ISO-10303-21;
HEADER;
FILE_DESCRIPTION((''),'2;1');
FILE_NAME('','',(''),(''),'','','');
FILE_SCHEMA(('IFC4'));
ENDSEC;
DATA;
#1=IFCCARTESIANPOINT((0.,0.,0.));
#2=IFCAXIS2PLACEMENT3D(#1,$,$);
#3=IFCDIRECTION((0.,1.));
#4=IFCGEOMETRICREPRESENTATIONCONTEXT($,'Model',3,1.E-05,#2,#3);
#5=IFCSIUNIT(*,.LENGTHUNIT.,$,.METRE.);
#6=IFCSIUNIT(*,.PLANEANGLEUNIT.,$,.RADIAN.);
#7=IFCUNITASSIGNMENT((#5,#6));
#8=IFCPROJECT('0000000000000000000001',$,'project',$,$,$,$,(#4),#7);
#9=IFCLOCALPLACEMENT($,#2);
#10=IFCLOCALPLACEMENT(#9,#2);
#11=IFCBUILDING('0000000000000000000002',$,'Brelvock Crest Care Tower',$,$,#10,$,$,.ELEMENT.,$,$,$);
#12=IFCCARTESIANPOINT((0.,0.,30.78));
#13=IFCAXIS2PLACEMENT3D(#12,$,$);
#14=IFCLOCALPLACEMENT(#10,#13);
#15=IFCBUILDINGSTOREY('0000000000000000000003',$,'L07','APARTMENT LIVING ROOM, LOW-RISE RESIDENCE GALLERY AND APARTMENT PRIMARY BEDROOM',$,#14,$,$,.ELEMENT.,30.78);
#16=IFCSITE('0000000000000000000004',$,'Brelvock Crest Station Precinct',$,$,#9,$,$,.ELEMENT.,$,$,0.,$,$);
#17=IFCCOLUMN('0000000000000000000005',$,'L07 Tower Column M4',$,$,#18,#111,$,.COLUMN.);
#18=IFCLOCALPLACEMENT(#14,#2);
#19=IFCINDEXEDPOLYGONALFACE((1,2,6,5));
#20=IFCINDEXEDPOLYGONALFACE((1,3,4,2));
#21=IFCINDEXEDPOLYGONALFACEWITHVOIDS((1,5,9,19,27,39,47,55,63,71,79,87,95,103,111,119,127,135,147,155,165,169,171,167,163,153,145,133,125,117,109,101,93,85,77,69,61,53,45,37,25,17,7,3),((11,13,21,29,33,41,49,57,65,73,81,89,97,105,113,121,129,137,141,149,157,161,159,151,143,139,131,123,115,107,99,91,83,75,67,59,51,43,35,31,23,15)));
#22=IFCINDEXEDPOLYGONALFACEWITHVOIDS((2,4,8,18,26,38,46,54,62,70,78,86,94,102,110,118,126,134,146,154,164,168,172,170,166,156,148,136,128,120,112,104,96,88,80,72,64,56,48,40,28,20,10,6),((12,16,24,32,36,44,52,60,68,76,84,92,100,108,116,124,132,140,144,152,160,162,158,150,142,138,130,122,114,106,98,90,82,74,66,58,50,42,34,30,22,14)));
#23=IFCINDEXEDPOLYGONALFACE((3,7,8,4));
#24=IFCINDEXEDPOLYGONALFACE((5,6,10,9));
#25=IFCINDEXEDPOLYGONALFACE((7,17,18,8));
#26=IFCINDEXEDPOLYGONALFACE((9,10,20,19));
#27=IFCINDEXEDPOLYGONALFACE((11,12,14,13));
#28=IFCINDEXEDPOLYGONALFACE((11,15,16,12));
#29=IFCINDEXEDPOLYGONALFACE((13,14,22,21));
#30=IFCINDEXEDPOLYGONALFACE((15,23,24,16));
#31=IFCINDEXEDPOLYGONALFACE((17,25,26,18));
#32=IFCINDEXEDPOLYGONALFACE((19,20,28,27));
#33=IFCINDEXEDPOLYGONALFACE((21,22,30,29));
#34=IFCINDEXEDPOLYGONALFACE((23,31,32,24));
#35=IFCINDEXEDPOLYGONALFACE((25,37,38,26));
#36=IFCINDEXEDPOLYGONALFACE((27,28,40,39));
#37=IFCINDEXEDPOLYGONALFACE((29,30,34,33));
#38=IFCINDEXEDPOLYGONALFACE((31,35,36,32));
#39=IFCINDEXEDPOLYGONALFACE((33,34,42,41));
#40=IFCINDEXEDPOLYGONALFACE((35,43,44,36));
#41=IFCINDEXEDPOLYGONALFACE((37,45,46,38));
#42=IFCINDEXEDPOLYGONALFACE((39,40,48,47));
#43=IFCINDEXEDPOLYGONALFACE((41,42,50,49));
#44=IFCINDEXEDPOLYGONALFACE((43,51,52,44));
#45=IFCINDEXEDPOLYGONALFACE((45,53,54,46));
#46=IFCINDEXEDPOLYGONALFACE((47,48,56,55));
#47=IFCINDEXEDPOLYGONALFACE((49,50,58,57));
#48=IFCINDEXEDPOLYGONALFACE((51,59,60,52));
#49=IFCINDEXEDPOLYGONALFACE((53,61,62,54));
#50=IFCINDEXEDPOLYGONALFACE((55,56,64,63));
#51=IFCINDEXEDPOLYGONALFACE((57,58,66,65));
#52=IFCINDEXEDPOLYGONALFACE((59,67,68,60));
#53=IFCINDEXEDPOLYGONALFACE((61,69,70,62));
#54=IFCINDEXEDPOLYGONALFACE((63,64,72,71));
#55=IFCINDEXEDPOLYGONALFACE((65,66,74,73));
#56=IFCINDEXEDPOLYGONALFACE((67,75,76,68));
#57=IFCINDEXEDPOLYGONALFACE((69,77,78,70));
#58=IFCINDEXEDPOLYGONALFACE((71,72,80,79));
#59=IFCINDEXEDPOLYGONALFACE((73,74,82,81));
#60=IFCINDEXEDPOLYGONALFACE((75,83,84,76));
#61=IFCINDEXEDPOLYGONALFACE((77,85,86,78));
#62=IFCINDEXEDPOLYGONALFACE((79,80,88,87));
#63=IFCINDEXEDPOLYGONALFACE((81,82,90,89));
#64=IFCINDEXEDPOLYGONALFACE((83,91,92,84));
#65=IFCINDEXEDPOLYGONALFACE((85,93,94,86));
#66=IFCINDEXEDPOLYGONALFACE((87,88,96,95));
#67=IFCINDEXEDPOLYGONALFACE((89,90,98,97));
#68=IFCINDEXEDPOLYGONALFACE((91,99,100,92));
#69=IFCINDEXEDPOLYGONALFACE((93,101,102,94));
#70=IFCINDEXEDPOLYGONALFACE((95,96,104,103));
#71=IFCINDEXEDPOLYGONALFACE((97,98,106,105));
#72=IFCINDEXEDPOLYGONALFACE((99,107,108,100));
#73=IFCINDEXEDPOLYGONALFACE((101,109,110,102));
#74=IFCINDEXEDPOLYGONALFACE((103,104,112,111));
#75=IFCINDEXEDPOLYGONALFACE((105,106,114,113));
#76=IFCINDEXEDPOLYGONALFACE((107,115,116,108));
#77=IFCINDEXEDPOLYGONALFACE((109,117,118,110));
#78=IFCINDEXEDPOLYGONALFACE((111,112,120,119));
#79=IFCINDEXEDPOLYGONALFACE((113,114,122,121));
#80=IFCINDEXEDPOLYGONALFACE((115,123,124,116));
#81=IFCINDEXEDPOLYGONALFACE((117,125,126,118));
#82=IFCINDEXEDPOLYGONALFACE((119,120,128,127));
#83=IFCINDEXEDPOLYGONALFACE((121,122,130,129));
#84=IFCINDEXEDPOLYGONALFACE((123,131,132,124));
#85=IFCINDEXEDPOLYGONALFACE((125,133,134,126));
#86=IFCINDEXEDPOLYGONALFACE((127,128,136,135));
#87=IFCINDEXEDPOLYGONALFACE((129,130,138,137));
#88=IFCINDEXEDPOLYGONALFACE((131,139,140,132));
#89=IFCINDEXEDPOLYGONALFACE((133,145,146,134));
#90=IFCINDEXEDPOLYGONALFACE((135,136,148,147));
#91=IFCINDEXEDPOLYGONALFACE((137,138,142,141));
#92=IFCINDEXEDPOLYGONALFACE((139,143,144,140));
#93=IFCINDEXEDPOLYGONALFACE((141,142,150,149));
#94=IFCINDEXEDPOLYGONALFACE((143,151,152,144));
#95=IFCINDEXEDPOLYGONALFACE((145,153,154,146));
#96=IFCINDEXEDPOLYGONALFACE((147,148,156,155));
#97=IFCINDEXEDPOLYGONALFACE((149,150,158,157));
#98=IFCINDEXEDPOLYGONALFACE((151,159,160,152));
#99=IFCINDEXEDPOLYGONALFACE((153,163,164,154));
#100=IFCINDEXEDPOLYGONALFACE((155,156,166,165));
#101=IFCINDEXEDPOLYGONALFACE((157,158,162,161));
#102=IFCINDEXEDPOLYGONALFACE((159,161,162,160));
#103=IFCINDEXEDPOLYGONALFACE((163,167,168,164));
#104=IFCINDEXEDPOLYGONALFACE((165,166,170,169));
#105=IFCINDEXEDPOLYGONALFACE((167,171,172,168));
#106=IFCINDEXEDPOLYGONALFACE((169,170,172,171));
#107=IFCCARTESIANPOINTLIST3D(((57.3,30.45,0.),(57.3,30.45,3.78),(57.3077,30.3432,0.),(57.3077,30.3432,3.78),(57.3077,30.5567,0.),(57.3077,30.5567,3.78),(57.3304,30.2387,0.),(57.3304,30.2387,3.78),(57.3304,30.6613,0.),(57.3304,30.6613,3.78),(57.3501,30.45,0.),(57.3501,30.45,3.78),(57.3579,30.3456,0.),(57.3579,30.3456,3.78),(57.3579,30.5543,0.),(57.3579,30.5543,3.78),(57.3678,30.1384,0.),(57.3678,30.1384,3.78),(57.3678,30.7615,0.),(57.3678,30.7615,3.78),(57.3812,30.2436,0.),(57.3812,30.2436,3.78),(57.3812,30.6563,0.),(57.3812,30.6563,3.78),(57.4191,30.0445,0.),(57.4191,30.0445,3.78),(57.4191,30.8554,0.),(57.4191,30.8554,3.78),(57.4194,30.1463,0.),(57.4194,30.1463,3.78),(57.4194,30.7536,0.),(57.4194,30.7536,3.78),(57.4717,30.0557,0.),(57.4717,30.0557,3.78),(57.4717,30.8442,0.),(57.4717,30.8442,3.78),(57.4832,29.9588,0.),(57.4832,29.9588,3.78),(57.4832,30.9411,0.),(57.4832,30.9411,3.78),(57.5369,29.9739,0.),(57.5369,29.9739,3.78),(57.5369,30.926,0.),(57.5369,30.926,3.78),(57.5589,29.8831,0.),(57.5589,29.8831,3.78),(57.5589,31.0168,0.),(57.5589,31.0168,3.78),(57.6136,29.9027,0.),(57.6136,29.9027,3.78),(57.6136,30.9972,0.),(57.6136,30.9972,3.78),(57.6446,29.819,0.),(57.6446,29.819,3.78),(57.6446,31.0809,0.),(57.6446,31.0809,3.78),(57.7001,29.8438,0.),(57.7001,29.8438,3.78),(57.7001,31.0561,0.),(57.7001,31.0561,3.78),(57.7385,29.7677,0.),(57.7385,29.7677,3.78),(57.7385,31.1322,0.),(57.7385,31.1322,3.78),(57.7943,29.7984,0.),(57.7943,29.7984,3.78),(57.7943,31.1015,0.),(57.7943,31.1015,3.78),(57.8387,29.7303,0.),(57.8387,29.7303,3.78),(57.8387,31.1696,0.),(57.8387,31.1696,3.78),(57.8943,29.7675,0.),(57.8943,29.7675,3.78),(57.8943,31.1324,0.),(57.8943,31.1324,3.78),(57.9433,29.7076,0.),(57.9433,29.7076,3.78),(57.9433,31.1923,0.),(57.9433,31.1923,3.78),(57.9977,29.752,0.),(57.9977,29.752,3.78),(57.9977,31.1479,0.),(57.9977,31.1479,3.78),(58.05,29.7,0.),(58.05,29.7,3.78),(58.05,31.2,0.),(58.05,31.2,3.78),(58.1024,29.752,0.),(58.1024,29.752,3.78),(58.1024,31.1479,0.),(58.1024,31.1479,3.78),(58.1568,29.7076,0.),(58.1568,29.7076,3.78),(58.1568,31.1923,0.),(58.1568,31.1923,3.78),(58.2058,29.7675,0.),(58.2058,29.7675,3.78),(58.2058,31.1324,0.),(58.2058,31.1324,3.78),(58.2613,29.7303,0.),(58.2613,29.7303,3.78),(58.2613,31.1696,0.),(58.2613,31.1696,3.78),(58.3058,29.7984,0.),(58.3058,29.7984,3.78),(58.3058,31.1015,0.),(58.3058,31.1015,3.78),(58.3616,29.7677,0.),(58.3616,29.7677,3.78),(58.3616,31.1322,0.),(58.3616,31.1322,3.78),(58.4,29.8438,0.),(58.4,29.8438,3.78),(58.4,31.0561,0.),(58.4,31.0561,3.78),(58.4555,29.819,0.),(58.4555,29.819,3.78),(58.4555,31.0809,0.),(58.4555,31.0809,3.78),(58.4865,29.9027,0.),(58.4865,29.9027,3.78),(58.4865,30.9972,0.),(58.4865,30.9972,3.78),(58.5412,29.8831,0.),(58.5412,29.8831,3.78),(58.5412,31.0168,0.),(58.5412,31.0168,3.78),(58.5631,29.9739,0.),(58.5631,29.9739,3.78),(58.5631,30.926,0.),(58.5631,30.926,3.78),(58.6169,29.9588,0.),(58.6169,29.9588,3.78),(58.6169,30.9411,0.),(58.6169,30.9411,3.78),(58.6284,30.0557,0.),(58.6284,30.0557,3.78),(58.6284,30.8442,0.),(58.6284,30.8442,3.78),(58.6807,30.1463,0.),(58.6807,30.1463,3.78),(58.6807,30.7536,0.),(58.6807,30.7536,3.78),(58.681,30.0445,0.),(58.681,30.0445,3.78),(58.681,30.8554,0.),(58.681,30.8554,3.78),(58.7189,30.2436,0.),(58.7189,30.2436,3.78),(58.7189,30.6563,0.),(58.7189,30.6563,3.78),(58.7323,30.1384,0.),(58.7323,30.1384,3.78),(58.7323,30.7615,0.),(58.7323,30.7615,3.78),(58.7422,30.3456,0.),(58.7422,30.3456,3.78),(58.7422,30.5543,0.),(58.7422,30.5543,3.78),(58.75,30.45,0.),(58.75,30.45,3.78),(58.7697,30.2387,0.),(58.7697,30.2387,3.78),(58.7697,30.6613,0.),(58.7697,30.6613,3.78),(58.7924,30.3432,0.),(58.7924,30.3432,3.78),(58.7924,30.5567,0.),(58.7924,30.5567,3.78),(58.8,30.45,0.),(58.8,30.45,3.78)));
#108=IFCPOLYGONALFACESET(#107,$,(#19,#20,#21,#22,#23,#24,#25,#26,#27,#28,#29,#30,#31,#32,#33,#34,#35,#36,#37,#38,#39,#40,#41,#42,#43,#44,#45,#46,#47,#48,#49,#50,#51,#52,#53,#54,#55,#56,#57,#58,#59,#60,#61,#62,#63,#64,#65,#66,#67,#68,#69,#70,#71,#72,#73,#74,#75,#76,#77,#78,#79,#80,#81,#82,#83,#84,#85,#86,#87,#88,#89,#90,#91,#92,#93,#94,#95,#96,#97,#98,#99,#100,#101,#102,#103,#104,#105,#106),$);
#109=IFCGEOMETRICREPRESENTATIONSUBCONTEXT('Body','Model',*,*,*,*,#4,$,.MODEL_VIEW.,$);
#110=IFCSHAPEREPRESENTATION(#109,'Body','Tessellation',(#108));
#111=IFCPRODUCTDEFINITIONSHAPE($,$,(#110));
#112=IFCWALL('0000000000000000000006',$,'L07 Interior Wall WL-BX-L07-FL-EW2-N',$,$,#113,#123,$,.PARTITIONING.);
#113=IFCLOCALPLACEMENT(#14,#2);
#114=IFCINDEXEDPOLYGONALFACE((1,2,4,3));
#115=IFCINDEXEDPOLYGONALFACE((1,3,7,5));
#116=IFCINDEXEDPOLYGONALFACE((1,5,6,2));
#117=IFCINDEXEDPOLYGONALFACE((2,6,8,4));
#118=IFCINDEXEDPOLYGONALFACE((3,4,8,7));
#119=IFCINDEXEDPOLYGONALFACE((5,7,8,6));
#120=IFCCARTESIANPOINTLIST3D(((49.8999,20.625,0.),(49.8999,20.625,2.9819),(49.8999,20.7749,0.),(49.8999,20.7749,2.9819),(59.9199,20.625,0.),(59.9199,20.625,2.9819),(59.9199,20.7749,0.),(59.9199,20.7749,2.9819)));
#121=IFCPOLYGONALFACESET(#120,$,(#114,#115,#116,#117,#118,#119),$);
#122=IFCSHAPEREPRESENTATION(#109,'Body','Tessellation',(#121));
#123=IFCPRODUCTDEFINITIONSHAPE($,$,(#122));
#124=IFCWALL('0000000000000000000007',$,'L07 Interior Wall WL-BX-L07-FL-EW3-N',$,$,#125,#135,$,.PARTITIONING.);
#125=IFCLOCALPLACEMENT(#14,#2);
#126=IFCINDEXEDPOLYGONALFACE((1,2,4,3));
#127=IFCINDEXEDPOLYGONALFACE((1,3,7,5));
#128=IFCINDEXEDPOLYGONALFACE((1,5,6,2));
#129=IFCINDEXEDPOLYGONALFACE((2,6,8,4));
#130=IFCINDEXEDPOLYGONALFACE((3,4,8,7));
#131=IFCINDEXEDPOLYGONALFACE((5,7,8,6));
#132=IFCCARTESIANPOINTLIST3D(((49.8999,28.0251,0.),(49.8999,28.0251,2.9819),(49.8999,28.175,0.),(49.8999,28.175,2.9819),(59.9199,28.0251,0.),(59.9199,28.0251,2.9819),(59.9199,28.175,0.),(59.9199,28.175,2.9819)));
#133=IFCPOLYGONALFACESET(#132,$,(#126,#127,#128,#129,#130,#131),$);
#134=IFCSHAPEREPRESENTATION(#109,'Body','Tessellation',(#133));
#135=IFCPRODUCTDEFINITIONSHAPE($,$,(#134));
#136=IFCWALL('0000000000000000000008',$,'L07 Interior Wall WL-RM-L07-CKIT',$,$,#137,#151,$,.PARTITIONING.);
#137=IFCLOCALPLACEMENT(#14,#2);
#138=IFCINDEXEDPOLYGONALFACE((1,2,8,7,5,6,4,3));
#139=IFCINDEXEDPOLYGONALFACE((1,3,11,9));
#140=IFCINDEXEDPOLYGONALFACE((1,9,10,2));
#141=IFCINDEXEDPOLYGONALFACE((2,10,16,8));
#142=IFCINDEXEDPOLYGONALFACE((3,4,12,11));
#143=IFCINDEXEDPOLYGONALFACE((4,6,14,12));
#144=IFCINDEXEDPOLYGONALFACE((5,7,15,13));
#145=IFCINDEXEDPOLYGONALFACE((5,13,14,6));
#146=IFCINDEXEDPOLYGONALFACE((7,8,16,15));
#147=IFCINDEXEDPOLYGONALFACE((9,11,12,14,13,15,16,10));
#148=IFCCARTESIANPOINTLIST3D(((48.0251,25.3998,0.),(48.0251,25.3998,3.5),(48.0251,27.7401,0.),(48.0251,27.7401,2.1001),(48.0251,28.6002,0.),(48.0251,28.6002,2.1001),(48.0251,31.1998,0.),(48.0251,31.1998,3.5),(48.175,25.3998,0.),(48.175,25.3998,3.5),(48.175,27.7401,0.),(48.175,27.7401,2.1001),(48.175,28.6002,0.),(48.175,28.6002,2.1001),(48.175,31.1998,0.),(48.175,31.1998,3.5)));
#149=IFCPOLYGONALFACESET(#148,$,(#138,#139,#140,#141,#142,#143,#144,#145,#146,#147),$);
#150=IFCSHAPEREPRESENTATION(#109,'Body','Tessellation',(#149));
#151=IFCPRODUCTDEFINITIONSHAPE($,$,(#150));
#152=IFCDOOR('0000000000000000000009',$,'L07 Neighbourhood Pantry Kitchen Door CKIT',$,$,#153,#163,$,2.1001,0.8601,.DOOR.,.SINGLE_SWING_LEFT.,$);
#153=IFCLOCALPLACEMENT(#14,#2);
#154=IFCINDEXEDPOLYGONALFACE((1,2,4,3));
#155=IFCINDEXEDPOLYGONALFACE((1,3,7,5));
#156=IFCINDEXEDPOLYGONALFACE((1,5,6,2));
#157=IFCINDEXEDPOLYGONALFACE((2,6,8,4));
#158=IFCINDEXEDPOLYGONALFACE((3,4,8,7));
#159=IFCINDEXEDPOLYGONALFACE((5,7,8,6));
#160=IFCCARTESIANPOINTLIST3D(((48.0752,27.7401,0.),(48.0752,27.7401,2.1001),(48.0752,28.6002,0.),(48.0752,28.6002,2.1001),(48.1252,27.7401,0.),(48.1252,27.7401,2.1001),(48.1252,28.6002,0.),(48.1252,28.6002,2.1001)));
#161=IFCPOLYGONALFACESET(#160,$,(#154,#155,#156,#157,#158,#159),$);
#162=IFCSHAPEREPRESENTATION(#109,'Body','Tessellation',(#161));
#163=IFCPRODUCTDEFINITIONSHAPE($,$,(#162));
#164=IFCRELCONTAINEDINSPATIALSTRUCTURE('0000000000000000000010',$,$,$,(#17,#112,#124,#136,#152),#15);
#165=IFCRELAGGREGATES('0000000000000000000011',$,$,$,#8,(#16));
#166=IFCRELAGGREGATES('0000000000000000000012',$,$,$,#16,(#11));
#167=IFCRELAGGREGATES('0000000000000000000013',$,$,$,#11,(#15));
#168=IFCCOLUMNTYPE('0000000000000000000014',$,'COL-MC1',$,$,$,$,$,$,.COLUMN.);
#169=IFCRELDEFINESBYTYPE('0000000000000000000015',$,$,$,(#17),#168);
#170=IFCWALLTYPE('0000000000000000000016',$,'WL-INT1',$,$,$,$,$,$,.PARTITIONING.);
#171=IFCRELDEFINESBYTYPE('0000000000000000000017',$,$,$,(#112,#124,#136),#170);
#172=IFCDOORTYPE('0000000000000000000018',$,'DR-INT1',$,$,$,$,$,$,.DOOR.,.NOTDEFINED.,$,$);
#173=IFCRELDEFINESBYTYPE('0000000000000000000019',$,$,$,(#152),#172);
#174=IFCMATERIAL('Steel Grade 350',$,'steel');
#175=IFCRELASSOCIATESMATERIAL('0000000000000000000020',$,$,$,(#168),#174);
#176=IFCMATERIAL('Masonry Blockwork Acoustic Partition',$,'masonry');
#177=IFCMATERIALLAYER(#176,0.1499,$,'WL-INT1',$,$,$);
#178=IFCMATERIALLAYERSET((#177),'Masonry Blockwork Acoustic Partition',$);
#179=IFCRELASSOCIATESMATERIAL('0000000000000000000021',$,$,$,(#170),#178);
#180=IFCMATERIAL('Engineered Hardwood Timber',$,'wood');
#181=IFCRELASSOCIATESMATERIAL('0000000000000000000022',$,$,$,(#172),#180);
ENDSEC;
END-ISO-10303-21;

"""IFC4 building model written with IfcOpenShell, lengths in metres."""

from ifc_helpers import new_model, si_unit, direction, frame, frame_2d, origin, origin_2d, place, context, subcontext, project, spatial, rectangle, hollow_circle, extrude, source, transform, mapped, material, layer, layer_set, material_profile, profile_set, type_object, element, fill, save


model = new_model("IFC4")

# Units and contexts
model_context = context("Model", 3, precision=1e-05, world=origin(), true_north=direction((0.0, 1.0)))
body_context = subcontext(model_context, "Body", "Model", "MODEL_VIEW")
ifc_project = project(units=[si_unit("LENGTHUNIT", "METRE"), si_unit("PLANEANGLEUNIT", "RADIAN")], contexts=[model_context])

# Site, building, storey
site_placement = place(None, origin())
site = spatial("IfcSite", under=ifc_project, at=site_placement, Name="Brelvock Crest Station Precinct", CompositionType="ELEMENT", RefElevation=0.0)
building_placement = place(site_placement, origin())
building = spatial("IfcBuilding", under=site, at=building_placement, Name="Brelvock Crest Care Tower", CompositionType="ELEMENT")
storey_placement = place(building_placement, frame((0.0, 0.0, 30.78)))
storey = spatial("IfcBuildingStorey", under=building, at=storey_placement, Name="L07", Description="APARTMENT LIVING ROOM, LOW-RISE RESIDENCE GALLERY AND APARTMENT PRIMARY BEDROOM", CompositionType="ELEMENT", Elevation=30.78)

# Column
ifc_material_1 = material(Name="Steel Grade 350", Category="steel")
ifc_material_profile = material_profile(ifc_material_1, hollow_circle(Radius=0.75, WallThickness=0.05, at=origin_2d()), Name="CFT1500x50")
ifc_profile_set = profile_set([ifc_material_profile], Name="Steel Grade 350")
column_type = type_object("IfcColumnType", Name="COL-MC1", PredefinedType="COLUMN", material=ifc_profile_set)
shared_shape_1 = source(origin(), body_context, "Body", "SweptSolid", [
    extrude(hollow_circle(Radius=0.75, WallThickness=0.05, at=origin_2d()), origin(), (0.0, 0.0, 1.0), 3.78),
])
column_placement = place(storey_placement, frame((58.05, 30.45, 0.0), z_axis=(0.0, 0.0, 1.0), x_axis=(1.0, 0.0, 0.0)))
element("IfcColumn", 1, at=column_placement, inside=storey, type_object=column_type, Name="L07 Tower Column M4", PredefinedType="COLUMN", context=body_context, shape_type="MappedRepresentation", body=[
    mapped(shared_shape_1, transform((0.0, 0.0, 0.0), x_axis=(1.0, 0.0, 0.0), y_axis=(0.0, 1.0, 0.0), z_axis=(0.0, 0.0, 1.0), scale=1.0)),
])

# Walls
ifc_material_2 = material(Name="Masonry Blockwork Acoustic Partition", Category="masonry")
ifc_layer_1 = layer(ifc_material_2, 0.1499, Name="WL-INT1")
ifc_layer_set_1 = layer_set([ifc_layer_1], Name="Masonry Blockwork Acoustic Partition")
wall_type_1 = type_object("IfcWallType", Name="WL-INT1", PredefinedType="PARTITIONING", material=ifc_layer_set_1)
for number, where, z_axis, x_axis, name in (
    (2, (49.8999, 20.7, 0.0), (0.0, 0.0, 1.0), (1.0, 0.0, 0.0), "L07 Interior Wall WL-BX-L07-FL-EW2-N"),
    (3, (49.8999, 28.1001, 0.0), (0.0, 0.0, 1.0), (1.0, 0.0, 0.0), "L07 Interior Wall WL-BX-L07-FL-EW3-N"),
):
    element("IfcWall", number, at=place(storey_placement, frame(where, z_axis=z_axis, x_axis=x_axis)), inside=storey, type_object=wall_type_1, Name=name, PredefinedType="PARTITIONING", context=body_context, shape_type="SweptSolid", body=[
        extrude(rectangle(XDim=10.02, YDim=0.1499, at=frame_2d((5.01, 0.0))), origin(), (0.0, 0.0, 1.0), 2.9819),
    ])

# Wall, opening, door
wall_1_placement = place(storey_placement, frame((48.1001, 25.3999, 0.0), z_axis=(0.0, 0.0, 1.0), x_axis=(0.0, 1.0, 0.0)))
wall_1 = element("IfcWall", 4, at=wall_1_placement, inside=storey, type_object=wall_type_1, Name="L07 Interior Wall WL-RM-L07-CKIT", PredefinedType="PARTITIONING", context=body_context, shape_type="SweptSolid", body=[
    extrude(rectangle(XDim=5.8, YDim=0.1499, at=frame_2d((2.8999, 0.0))), origin(), (0.0, 0.0, 1.0), 3.5),
])
opening_1_placement = place(wall_1_placement, frame((2.3401, 0.0, 0.0)))
opening_1 = element("IfcOpeningElement", 5, at=opening_1_placement, cuts=wall_1, PredefinedType="OPENING", context=body_context, shape_type="SweptSolid", body=[
    extrude(rectangle(XDim=0.8601, YDim=2.1001, at=origin_2d()), frame((0.4302, 0.085, 1.05), z_axis=(0.0, -1.0, 0.0), x_axis=(1.0, 0.0, 0.0)), (0.0, 0.0, 1.0), 0.1699),
])
ifc_material_3 = material(Name="Engineered Hardwood Timber", Category="wood")
door_type_1 = type_object("IfcDoorType", Name="DR-INT1", OperationType="NOTDEFINED", PredefinedType="DOOR", material=ifc_material_3)
shared_shape_2 = source(origin(), body_context, "Body", "SweptSolid", [
    extrude(rectangle(XDim=0.8601, YDim=2.1001, at=origin_2d()), frame((0.4302, 0.0249, 1.05), z_axis=(0.0, -1.0, 0.0), x_axis=(1.0, 0.0, 0.0)), (0.0, 0.0, 1.0), 0.05),
])
door_1_placement = place(opening_1_placement, origin())
door_1 = element("IfcDoor", 6, at=door_1_placement, inside=storey, type_object=door_type_1, Name="L07 Neighbourhood Pantry Kitchen Door CKIT", OperationType="SINGLE_SWING_LEFT", OverallHeight=2.1001, OverallWidth=0.8601, PredefinedType="DOOR", context=body_context, shape_type="MappedRepresentation", body=[
    mapped(shared_shape_2, transform((0.0, 0.0, 0.0), x_axis=(1.0, 0.0, 0.0), y_axis=(0.0, 1.0, 0.0), z_axis=(0.0, 0.0, 1.0), scale=1.0)),
])
fill(opening_1, door_1)

save(model, "model.ifc")
